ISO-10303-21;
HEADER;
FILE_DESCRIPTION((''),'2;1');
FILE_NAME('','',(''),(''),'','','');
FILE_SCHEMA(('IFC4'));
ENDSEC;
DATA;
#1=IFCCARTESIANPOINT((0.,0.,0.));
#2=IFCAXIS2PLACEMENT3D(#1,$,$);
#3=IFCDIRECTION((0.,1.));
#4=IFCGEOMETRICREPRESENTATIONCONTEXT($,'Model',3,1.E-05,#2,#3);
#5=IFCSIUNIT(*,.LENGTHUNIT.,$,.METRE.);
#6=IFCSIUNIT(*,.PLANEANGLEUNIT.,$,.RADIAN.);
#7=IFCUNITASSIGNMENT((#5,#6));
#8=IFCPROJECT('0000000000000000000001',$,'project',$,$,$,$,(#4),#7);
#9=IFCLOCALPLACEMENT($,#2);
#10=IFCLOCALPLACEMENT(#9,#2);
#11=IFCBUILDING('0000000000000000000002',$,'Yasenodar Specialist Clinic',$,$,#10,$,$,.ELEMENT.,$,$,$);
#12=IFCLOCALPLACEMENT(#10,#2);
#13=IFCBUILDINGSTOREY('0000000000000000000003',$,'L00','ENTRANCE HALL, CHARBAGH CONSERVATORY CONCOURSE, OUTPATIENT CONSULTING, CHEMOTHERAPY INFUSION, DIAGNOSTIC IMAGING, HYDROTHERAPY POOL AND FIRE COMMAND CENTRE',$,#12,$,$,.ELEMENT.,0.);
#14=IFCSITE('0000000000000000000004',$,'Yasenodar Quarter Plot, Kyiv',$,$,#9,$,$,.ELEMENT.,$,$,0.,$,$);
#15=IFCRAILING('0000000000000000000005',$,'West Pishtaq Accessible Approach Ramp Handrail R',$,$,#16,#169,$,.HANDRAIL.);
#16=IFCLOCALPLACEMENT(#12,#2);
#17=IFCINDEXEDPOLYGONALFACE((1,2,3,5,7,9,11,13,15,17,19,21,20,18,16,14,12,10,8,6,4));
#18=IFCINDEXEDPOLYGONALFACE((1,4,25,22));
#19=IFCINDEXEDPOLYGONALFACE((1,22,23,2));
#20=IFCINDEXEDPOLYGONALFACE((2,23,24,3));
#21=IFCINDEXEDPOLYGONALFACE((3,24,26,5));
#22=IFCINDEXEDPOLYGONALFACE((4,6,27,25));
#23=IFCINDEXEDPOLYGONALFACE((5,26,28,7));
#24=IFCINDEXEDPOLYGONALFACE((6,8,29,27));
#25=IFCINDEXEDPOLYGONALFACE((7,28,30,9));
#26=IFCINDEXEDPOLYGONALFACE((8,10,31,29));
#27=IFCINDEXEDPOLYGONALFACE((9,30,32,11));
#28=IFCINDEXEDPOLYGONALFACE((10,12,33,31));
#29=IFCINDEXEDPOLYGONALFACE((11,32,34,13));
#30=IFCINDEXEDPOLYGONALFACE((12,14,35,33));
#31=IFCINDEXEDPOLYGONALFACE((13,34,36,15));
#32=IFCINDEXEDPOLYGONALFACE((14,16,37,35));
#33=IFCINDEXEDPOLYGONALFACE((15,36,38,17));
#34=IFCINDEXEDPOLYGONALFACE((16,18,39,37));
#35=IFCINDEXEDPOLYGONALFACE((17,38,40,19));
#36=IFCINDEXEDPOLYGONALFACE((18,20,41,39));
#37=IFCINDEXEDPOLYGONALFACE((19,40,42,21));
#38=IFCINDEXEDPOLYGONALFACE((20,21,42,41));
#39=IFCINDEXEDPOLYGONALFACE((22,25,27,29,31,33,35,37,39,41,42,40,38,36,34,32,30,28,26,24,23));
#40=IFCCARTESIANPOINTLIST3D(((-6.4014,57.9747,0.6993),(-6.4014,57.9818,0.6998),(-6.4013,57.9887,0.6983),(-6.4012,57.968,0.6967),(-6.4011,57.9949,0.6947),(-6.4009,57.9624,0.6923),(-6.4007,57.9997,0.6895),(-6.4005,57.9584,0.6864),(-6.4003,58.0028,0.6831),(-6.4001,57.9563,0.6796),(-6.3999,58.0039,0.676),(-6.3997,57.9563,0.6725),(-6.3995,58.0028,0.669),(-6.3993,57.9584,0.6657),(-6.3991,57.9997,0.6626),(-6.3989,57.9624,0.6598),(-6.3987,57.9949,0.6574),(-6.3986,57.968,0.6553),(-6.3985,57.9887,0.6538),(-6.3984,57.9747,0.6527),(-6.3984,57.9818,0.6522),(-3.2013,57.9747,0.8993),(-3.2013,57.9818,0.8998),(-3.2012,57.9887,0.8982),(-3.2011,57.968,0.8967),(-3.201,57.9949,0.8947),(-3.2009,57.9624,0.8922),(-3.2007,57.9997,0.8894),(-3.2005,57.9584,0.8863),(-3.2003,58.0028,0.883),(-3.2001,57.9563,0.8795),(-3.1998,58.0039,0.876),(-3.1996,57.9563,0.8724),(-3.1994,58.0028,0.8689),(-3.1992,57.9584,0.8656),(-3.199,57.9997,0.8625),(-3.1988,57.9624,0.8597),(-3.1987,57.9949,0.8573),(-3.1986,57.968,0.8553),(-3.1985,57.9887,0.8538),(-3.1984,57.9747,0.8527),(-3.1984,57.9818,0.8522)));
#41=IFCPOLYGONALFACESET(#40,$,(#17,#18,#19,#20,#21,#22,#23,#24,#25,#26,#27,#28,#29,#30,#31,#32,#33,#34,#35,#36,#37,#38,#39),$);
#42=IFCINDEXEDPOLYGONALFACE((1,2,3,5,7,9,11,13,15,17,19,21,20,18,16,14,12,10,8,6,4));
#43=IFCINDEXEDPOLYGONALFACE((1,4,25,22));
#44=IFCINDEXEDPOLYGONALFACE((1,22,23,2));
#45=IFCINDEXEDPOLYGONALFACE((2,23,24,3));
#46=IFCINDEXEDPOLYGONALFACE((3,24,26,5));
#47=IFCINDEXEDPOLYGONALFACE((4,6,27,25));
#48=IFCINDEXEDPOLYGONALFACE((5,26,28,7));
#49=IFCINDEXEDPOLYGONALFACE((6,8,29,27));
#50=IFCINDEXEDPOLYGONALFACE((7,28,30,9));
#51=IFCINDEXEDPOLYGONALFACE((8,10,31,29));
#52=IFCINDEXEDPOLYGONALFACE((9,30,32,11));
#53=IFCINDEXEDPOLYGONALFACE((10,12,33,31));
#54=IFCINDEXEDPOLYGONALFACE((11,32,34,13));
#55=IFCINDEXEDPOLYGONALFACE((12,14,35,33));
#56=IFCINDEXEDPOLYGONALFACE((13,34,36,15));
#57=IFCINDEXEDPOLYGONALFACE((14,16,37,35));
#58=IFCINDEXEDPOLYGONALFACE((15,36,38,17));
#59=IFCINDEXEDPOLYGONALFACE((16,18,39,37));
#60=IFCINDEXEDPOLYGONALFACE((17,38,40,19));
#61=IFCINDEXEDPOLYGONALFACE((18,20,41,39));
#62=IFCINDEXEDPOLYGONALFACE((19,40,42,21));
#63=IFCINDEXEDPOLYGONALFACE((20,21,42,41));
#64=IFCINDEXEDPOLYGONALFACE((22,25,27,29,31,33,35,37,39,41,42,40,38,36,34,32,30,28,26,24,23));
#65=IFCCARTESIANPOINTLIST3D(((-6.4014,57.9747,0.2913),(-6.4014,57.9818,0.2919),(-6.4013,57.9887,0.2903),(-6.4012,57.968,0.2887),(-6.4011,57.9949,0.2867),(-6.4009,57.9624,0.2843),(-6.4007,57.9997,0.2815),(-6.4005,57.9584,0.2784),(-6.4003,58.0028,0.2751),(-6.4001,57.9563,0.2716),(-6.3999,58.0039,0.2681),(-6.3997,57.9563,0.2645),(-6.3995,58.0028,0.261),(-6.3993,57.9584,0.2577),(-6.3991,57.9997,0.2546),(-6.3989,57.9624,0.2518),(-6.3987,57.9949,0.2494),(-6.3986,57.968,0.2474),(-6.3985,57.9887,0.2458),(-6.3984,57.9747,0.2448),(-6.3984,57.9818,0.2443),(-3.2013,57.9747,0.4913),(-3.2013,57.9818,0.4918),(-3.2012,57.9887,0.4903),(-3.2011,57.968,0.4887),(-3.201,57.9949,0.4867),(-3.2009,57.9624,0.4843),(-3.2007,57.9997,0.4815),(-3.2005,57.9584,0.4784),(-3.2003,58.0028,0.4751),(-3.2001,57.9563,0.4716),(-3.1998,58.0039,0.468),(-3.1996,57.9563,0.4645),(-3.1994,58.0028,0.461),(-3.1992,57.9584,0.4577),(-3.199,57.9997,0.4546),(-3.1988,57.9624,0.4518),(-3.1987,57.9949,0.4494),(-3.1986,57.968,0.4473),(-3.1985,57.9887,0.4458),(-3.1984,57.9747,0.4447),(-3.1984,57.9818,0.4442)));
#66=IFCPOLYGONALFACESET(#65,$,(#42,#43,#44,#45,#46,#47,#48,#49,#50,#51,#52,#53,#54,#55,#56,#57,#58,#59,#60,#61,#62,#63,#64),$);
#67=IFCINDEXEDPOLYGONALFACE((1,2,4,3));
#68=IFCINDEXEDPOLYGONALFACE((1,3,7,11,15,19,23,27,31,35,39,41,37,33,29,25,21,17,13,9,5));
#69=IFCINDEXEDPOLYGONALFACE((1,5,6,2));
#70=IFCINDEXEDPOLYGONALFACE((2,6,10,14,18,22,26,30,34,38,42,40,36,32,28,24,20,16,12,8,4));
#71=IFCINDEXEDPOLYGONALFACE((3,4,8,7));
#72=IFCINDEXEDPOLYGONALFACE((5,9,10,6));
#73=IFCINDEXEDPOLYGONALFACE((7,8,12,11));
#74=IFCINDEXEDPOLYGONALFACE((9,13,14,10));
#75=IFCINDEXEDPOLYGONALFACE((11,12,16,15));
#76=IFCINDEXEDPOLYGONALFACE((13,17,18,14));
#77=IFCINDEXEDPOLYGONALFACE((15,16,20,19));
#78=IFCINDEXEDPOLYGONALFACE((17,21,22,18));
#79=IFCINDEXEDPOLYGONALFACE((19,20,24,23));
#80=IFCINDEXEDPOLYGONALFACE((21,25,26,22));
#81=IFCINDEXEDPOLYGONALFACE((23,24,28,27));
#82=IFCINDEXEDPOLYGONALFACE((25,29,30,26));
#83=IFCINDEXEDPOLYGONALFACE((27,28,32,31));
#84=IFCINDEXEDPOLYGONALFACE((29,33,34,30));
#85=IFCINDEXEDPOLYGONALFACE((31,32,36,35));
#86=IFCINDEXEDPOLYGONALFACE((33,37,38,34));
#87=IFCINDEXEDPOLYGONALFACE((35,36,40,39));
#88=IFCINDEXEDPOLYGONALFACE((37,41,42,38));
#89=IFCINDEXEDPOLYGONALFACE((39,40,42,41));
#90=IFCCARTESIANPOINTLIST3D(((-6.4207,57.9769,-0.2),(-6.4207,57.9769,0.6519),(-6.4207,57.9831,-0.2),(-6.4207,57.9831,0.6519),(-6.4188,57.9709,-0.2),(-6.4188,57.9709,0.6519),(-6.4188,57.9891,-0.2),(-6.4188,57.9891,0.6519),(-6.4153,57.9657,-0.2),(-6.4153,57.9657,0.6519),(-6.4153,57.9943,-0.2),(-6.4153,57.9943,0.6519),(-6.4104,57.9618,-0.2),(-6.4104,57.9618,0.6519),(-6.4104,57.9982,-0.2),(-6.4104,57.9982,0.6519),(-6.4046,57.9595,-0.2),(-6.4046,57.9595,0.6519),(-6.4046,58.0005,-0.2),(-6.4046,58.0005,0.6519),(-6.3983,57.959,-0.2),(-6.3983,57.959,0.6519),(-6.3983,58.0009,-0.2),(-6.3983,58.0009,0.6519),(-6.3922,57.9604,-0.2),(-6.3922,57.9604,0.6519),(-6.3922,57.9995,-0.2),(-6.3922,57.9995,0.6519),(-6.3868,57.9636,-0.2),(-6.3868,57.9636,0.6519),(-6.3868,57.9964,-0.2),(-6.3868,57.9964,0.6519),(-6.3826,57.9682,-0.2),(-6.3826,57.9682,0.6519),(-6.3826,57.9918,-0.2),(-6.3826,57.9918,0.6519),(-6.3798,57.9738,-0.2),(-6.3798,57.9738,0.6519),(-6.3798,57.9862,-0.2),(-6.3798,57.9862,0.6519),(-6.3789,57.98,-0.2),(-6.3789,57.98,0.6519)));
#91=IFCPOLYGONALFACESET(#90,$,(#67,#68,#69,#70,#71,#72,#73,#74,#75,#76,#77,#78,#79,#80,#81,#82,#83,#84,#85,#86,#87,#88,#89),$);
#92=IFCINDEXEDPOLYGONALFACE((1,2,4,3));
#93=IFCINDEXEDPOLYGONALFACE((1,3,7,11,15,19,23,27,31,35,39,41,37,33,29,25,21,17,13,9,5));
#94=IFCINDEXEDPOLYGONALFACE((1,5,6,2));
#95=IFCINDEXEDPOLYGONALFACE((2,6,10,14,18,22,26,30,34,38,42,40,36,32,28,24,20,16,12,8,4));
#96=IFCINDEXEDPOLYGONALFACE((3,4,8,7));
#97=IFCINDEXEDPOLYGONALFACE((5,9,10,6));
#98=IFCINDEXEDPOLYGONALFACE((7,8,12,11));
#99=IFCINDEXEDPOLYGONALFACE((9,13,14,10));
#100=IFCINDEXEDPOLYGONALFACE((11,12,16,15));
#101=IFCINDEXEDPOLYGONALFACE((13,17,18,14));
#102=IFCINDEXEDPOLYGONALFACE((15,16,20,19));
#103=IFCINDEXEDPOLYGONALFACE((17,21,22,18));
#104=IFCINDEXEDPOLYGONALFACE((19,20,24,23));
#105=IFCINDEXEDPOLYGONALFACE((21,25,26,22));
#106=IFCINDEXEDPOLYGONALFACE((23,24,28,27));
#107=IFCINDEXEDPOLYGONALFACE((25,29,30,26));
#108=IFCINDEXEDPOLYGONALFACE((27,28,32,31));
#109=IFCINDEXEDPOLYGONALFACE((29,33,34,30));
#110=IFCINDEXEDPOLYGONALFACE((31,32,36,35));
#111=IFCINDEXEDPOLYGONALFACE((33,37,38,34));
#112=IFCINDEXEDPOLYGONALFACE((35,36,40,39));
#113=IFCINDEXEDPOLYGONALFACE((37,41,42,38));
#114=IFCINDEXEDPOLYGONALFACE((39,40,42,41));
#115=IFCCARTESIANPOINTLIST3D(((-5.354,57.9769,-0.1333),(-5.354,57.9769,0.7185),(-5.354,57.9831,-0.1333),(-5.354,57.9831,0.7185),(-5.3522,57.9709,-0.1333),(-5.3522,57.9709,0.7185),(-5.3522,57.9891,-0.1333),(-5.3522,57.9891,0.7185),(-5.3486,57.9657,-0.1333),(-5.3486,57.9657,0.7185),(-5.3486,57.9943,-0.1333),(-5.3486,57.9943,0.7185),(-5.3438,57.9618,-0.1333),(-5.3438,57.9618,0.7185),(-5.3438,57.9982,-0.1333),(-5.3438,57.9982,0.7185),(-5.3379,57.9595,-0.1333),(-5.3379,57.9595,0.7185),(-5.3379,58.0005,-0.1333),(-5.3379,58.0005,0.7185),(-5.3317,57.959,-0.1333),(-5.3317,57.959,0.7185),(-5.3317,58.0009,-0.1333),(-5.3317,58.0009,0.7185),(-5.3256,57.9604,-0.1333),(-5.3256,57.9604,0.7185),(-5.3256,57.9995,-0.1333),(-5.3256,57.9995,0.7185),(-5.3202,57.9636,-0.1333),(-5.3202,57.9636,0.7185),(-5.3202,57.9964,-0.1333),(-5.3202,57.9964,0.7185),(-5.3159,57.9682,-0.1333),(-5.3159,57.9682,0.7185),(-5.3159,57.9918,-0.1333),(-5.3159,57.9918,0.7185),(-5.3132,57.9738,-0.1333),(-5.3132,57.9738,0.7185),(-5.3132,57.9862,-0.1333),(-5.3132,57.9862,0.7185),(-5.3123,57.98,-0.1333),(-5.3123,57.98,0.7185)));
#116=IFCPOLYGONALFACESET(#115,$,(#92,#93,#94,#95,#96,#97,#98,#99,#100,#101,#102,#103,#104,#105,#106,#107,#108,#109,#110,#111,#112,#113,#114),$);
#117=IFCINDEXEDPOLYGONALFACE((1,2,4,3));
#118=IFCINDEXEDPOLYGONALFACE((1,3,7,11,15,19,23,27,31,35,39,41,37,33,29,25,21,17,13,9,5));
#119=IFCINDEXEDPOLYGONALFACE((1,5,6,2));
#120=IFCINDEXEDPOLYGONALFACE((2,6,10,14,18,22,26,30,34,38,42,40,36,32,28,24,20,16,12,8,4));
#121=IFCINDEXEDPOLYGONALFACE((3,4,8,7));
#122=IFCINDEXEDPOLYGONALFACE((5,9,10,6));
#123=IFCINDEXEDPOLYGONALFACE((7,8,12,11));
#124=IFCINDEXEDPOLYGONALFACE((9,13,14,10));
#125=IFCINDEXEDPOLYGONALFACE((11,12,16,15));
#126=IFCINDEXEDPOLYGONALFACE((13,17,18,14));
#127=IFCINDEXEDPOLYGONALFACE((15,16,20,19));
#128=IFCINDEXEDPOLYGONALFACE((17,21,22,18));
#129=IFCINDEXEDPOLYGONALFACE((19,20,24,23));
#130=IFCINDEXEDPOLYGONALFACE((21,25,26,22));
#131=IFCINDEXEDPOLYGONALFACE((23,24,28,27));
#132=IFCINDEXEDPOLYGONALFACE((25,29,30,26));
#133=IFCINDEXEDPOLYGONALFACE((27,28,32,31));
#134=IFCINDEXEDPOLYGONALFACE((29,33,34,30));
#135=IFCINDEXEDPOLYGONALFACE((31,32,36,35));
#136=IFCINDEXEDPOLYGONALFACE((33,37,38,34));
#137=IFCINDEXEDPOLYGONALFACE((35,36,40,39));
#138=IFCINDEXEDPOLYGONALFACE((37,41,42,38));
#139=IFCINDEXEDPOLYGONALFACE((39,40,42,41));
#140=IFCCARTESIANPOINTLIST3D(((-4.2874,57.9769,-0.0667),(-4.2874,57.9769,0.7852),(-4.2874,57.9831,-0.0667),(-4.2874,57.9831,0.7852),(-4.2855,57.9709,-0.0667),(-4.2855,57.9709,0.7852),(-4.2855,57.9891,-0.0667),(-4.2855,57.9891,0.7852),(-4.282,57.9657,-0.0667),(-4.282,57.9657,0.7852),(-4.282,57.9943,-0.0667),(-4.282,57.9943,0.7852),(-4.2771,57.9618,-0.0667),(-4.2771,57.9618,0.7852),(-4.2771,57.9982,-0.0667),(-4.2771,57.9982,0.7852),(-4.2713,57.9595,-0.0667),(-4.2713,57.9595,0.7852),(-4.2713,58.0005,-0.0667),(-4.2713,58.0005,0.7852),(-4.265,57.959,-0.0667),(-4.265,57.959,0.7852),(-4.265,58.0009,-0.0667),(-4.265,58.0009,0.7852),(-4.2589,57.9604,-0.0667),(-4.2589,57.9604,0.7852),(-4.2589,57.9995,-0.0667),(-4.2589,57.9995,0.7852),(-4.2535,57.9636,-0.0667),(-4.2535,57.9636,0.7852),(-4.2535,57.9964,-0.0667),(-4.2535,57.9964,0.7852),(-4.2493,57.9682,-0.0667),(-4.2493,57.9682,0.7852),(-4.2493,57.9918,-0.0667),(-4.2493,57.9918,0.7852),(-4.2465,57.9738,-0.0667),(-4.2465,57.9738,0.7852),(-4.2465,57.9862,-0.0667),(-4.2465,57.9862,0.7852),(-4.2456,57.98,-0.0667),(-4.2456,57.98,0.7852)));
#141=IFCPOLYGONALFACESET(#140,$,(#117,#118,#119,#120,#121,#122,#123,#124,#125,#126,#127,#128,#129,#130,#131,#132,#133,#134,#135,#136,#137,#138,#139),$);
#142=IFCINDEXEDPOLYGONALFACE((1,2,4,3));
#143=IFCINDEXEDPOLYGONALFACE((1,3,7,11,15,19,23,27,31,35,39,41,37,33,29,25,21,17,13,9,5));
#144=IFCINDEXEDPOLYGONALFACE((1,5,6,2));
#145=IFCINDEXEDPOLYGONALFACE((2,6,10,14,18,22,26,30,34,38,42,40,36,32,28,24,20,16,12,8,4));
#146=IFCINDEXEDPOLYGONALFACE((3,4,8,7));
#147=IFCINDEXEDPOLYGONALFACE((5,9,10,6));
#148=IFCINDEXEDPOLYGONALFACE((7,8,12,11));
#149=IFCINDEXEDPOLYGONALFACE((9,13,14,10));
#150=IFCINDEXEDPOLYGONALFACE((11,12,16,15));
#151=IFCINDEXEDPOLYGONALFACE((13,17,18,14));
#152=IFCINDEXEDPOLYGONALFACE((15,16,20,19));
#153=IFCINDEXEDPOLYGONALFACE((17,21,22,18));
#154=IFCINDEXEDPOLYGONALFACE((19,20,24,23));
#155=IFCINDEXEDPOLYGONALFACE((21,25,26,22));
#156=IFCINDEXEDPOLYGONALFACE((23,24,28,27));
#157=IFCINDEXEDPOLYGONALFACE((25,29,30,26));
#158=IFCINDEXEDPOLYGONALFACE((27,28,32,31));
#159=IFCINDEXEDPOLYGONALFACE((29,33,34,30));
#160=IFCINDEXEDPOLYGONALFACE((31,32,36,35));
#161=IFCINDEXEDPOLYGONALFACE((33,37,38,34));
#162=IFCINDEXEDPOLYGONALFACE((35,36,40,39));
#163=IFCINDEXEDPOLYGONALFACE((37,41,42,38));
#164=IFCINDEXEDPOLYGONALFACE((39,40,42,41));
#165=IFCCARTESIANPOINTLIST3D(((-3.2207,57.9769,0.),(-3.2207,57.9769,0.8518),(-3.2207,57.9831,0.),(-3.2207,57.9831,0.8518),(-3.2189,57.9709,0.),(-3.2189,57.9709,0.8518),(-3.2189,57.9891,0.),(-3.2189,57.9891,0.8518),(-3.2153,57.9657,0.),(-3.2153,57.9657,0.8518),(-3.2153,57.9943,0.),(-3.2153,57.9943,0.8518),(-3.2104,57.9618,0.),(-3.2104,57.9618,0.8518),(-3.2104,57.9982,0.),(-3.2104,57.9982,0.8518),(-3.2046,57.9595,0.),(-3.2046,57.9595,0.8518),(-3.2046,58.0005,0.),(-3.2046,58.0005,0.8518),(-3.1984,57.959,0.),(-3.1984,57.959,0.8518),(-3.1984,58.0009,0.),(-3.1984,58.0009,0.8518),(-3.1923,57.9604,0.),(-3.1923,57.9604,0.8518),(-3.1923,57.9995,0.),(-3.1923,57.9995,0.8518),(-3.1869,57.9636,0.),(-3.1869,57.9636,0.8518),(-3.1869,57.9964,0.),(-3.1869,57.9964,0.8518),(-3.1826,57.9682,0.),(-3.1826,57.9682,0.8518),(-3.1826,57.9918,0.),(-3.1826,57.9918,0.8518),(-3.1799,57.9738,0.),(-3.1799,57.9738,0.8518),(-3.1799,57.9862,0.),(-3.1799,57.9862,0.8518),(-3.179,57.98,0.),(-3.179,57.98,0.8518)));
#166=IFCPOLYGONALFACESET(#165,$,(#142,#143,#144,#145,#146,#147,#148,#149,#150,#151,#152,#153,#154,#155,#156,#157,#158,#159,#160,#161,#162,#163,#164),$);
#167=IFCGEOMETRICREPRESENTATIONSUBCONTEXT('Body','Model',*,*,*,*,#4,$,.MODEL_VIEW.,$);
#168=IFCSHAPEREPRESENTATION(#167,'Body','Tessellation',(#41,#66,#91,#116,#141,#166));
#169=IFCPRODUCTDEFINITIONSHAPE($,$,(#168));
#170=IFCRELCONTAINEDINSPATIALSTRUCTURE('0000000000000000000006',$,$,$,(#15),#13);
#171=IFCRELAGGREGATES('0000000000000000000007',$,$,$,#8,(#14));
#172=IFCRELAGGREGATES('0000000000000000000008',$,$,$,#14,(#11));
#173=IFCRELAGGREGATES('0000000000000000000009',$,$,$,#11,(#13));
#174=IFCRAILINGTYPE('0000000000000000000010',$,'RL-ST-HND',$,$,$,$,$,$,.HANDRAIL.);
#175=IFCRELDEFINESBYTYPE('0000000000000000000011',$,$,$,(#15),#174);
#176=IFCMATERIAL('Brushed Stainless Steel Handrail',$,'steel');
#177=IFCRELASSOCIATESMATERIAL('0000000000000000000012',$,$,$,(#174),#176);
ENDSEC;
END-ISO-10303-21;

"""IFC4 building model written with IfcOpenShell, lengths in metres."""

from ifc_helpers import new_model, si_unit, direction, frame, origin, origin_2d, place, context, subcontext, project, spatial, circle, extrude, material, type_object, element, save


model = new_model("IFC4")

# Units and contexts
model_context = context("Model", 3, precision=1e-05, world=origin(), true_north=direction((0.0, 1.0)))
body_context = subcontext(model_context, "Body", "Model", "MODEL_VIEW")
ifc_project = project(units=[si_unit("LENGTHUNIT", "METRE"), si_unit("PLANEANGLEUNIT", "RADIAN")], contexts=[model_context])

# Site, building, storey
site_placement = place(None, origin())
site = spatial("IfcSite", under=ifc_project, at=site_placement, Name="Yasenodar Quarter Plot, Kyiv", CompositionType="ELEMENT", RefElevation=0.0)
building_placement = place(site_placement, origin())
building = spatial("IfcBuilding", under=site, at=building_placement, Name="Yasenodar Specialist Clinic", CompositionType="ELEMENT")
storey_placement = place(building_placement, origin())
storey = spatial("IfcBuildingStorey", under=building, at=storey_placement, Name="L00", Description="ENTRANCE HALL, CHARBAGH CONSERVATORY CONCOURSE, OUTPATIENT CONSULTING, CHEMOTHERAPY INFUSION, DIAGNOSTIC IMAGING, HYDROTHERAPY POOL AND FIRE COMMAND CENTRE", CompositionType="ELEMENT", Elevation=0.0)

# Railing
ifc_material_1 = material(Name="Brushed Stainless Steel Handrail", Category="steel")
railing_type = type_object("IfcRailingType", Name="RL-ST-HND", PredefinedType="HANDRAIL", material=ifc_material_1)
for number, where, name in (
    (1, (-6.3999, 57.98, -0.2), "West Pishtaq Accessible Approach Ramp Handrail R"),
):
    element("IfcRailing", number, at=place(storey_placement, frame(where)), inside=storey, type_object=railing_type, Name=name, PredefinedType="HANDRAIL", context=body_context, shape_type="SweptSolid", body=[
        extrude(circle(Radius=0.0239, at=origin_2d()), frame((0.0, 0.0, 0.876), z_axis=(0.998053, 0.0, 0.062364), x_axis=(0.0, 1.0, 0.0)), (0.0, 0.0, 1.0), 3.2063),
        extrude(circle(Radius=0.0239, at=origin_2d()), frame((0.0, 0.0, 0.468), z_axis=(0.998053, 0.0, 0.062364), x_axis=(0.0, 1.0, 0.0)), (0.0, 0.0, 1.0), 3.2063),
        extrude(circle(Radius=0.021, at=origin_2d()), origin(), (0.0, 0.0, 1.0), 0.8518),
        extrude(circle(Radius=0.021, at=origin_2d()), frame((1.0667, 0.0, 0.0667)), (0.0, 0.0, 1.0), 0.8518),
        extrude(circle(Radius=0.021, at=origin_2d()), frame((2.1333, 0.0, 0.1333)), (0.0, 0.0, 1.0), 0.8518),
        extrude(circle(Radius=0.021, at=origin_2d()), frame((3.2, 0.0, 0.2)), (0.0, 0.0, 1.0), 0.8518),
    ])

save(model, "model.ifc")
